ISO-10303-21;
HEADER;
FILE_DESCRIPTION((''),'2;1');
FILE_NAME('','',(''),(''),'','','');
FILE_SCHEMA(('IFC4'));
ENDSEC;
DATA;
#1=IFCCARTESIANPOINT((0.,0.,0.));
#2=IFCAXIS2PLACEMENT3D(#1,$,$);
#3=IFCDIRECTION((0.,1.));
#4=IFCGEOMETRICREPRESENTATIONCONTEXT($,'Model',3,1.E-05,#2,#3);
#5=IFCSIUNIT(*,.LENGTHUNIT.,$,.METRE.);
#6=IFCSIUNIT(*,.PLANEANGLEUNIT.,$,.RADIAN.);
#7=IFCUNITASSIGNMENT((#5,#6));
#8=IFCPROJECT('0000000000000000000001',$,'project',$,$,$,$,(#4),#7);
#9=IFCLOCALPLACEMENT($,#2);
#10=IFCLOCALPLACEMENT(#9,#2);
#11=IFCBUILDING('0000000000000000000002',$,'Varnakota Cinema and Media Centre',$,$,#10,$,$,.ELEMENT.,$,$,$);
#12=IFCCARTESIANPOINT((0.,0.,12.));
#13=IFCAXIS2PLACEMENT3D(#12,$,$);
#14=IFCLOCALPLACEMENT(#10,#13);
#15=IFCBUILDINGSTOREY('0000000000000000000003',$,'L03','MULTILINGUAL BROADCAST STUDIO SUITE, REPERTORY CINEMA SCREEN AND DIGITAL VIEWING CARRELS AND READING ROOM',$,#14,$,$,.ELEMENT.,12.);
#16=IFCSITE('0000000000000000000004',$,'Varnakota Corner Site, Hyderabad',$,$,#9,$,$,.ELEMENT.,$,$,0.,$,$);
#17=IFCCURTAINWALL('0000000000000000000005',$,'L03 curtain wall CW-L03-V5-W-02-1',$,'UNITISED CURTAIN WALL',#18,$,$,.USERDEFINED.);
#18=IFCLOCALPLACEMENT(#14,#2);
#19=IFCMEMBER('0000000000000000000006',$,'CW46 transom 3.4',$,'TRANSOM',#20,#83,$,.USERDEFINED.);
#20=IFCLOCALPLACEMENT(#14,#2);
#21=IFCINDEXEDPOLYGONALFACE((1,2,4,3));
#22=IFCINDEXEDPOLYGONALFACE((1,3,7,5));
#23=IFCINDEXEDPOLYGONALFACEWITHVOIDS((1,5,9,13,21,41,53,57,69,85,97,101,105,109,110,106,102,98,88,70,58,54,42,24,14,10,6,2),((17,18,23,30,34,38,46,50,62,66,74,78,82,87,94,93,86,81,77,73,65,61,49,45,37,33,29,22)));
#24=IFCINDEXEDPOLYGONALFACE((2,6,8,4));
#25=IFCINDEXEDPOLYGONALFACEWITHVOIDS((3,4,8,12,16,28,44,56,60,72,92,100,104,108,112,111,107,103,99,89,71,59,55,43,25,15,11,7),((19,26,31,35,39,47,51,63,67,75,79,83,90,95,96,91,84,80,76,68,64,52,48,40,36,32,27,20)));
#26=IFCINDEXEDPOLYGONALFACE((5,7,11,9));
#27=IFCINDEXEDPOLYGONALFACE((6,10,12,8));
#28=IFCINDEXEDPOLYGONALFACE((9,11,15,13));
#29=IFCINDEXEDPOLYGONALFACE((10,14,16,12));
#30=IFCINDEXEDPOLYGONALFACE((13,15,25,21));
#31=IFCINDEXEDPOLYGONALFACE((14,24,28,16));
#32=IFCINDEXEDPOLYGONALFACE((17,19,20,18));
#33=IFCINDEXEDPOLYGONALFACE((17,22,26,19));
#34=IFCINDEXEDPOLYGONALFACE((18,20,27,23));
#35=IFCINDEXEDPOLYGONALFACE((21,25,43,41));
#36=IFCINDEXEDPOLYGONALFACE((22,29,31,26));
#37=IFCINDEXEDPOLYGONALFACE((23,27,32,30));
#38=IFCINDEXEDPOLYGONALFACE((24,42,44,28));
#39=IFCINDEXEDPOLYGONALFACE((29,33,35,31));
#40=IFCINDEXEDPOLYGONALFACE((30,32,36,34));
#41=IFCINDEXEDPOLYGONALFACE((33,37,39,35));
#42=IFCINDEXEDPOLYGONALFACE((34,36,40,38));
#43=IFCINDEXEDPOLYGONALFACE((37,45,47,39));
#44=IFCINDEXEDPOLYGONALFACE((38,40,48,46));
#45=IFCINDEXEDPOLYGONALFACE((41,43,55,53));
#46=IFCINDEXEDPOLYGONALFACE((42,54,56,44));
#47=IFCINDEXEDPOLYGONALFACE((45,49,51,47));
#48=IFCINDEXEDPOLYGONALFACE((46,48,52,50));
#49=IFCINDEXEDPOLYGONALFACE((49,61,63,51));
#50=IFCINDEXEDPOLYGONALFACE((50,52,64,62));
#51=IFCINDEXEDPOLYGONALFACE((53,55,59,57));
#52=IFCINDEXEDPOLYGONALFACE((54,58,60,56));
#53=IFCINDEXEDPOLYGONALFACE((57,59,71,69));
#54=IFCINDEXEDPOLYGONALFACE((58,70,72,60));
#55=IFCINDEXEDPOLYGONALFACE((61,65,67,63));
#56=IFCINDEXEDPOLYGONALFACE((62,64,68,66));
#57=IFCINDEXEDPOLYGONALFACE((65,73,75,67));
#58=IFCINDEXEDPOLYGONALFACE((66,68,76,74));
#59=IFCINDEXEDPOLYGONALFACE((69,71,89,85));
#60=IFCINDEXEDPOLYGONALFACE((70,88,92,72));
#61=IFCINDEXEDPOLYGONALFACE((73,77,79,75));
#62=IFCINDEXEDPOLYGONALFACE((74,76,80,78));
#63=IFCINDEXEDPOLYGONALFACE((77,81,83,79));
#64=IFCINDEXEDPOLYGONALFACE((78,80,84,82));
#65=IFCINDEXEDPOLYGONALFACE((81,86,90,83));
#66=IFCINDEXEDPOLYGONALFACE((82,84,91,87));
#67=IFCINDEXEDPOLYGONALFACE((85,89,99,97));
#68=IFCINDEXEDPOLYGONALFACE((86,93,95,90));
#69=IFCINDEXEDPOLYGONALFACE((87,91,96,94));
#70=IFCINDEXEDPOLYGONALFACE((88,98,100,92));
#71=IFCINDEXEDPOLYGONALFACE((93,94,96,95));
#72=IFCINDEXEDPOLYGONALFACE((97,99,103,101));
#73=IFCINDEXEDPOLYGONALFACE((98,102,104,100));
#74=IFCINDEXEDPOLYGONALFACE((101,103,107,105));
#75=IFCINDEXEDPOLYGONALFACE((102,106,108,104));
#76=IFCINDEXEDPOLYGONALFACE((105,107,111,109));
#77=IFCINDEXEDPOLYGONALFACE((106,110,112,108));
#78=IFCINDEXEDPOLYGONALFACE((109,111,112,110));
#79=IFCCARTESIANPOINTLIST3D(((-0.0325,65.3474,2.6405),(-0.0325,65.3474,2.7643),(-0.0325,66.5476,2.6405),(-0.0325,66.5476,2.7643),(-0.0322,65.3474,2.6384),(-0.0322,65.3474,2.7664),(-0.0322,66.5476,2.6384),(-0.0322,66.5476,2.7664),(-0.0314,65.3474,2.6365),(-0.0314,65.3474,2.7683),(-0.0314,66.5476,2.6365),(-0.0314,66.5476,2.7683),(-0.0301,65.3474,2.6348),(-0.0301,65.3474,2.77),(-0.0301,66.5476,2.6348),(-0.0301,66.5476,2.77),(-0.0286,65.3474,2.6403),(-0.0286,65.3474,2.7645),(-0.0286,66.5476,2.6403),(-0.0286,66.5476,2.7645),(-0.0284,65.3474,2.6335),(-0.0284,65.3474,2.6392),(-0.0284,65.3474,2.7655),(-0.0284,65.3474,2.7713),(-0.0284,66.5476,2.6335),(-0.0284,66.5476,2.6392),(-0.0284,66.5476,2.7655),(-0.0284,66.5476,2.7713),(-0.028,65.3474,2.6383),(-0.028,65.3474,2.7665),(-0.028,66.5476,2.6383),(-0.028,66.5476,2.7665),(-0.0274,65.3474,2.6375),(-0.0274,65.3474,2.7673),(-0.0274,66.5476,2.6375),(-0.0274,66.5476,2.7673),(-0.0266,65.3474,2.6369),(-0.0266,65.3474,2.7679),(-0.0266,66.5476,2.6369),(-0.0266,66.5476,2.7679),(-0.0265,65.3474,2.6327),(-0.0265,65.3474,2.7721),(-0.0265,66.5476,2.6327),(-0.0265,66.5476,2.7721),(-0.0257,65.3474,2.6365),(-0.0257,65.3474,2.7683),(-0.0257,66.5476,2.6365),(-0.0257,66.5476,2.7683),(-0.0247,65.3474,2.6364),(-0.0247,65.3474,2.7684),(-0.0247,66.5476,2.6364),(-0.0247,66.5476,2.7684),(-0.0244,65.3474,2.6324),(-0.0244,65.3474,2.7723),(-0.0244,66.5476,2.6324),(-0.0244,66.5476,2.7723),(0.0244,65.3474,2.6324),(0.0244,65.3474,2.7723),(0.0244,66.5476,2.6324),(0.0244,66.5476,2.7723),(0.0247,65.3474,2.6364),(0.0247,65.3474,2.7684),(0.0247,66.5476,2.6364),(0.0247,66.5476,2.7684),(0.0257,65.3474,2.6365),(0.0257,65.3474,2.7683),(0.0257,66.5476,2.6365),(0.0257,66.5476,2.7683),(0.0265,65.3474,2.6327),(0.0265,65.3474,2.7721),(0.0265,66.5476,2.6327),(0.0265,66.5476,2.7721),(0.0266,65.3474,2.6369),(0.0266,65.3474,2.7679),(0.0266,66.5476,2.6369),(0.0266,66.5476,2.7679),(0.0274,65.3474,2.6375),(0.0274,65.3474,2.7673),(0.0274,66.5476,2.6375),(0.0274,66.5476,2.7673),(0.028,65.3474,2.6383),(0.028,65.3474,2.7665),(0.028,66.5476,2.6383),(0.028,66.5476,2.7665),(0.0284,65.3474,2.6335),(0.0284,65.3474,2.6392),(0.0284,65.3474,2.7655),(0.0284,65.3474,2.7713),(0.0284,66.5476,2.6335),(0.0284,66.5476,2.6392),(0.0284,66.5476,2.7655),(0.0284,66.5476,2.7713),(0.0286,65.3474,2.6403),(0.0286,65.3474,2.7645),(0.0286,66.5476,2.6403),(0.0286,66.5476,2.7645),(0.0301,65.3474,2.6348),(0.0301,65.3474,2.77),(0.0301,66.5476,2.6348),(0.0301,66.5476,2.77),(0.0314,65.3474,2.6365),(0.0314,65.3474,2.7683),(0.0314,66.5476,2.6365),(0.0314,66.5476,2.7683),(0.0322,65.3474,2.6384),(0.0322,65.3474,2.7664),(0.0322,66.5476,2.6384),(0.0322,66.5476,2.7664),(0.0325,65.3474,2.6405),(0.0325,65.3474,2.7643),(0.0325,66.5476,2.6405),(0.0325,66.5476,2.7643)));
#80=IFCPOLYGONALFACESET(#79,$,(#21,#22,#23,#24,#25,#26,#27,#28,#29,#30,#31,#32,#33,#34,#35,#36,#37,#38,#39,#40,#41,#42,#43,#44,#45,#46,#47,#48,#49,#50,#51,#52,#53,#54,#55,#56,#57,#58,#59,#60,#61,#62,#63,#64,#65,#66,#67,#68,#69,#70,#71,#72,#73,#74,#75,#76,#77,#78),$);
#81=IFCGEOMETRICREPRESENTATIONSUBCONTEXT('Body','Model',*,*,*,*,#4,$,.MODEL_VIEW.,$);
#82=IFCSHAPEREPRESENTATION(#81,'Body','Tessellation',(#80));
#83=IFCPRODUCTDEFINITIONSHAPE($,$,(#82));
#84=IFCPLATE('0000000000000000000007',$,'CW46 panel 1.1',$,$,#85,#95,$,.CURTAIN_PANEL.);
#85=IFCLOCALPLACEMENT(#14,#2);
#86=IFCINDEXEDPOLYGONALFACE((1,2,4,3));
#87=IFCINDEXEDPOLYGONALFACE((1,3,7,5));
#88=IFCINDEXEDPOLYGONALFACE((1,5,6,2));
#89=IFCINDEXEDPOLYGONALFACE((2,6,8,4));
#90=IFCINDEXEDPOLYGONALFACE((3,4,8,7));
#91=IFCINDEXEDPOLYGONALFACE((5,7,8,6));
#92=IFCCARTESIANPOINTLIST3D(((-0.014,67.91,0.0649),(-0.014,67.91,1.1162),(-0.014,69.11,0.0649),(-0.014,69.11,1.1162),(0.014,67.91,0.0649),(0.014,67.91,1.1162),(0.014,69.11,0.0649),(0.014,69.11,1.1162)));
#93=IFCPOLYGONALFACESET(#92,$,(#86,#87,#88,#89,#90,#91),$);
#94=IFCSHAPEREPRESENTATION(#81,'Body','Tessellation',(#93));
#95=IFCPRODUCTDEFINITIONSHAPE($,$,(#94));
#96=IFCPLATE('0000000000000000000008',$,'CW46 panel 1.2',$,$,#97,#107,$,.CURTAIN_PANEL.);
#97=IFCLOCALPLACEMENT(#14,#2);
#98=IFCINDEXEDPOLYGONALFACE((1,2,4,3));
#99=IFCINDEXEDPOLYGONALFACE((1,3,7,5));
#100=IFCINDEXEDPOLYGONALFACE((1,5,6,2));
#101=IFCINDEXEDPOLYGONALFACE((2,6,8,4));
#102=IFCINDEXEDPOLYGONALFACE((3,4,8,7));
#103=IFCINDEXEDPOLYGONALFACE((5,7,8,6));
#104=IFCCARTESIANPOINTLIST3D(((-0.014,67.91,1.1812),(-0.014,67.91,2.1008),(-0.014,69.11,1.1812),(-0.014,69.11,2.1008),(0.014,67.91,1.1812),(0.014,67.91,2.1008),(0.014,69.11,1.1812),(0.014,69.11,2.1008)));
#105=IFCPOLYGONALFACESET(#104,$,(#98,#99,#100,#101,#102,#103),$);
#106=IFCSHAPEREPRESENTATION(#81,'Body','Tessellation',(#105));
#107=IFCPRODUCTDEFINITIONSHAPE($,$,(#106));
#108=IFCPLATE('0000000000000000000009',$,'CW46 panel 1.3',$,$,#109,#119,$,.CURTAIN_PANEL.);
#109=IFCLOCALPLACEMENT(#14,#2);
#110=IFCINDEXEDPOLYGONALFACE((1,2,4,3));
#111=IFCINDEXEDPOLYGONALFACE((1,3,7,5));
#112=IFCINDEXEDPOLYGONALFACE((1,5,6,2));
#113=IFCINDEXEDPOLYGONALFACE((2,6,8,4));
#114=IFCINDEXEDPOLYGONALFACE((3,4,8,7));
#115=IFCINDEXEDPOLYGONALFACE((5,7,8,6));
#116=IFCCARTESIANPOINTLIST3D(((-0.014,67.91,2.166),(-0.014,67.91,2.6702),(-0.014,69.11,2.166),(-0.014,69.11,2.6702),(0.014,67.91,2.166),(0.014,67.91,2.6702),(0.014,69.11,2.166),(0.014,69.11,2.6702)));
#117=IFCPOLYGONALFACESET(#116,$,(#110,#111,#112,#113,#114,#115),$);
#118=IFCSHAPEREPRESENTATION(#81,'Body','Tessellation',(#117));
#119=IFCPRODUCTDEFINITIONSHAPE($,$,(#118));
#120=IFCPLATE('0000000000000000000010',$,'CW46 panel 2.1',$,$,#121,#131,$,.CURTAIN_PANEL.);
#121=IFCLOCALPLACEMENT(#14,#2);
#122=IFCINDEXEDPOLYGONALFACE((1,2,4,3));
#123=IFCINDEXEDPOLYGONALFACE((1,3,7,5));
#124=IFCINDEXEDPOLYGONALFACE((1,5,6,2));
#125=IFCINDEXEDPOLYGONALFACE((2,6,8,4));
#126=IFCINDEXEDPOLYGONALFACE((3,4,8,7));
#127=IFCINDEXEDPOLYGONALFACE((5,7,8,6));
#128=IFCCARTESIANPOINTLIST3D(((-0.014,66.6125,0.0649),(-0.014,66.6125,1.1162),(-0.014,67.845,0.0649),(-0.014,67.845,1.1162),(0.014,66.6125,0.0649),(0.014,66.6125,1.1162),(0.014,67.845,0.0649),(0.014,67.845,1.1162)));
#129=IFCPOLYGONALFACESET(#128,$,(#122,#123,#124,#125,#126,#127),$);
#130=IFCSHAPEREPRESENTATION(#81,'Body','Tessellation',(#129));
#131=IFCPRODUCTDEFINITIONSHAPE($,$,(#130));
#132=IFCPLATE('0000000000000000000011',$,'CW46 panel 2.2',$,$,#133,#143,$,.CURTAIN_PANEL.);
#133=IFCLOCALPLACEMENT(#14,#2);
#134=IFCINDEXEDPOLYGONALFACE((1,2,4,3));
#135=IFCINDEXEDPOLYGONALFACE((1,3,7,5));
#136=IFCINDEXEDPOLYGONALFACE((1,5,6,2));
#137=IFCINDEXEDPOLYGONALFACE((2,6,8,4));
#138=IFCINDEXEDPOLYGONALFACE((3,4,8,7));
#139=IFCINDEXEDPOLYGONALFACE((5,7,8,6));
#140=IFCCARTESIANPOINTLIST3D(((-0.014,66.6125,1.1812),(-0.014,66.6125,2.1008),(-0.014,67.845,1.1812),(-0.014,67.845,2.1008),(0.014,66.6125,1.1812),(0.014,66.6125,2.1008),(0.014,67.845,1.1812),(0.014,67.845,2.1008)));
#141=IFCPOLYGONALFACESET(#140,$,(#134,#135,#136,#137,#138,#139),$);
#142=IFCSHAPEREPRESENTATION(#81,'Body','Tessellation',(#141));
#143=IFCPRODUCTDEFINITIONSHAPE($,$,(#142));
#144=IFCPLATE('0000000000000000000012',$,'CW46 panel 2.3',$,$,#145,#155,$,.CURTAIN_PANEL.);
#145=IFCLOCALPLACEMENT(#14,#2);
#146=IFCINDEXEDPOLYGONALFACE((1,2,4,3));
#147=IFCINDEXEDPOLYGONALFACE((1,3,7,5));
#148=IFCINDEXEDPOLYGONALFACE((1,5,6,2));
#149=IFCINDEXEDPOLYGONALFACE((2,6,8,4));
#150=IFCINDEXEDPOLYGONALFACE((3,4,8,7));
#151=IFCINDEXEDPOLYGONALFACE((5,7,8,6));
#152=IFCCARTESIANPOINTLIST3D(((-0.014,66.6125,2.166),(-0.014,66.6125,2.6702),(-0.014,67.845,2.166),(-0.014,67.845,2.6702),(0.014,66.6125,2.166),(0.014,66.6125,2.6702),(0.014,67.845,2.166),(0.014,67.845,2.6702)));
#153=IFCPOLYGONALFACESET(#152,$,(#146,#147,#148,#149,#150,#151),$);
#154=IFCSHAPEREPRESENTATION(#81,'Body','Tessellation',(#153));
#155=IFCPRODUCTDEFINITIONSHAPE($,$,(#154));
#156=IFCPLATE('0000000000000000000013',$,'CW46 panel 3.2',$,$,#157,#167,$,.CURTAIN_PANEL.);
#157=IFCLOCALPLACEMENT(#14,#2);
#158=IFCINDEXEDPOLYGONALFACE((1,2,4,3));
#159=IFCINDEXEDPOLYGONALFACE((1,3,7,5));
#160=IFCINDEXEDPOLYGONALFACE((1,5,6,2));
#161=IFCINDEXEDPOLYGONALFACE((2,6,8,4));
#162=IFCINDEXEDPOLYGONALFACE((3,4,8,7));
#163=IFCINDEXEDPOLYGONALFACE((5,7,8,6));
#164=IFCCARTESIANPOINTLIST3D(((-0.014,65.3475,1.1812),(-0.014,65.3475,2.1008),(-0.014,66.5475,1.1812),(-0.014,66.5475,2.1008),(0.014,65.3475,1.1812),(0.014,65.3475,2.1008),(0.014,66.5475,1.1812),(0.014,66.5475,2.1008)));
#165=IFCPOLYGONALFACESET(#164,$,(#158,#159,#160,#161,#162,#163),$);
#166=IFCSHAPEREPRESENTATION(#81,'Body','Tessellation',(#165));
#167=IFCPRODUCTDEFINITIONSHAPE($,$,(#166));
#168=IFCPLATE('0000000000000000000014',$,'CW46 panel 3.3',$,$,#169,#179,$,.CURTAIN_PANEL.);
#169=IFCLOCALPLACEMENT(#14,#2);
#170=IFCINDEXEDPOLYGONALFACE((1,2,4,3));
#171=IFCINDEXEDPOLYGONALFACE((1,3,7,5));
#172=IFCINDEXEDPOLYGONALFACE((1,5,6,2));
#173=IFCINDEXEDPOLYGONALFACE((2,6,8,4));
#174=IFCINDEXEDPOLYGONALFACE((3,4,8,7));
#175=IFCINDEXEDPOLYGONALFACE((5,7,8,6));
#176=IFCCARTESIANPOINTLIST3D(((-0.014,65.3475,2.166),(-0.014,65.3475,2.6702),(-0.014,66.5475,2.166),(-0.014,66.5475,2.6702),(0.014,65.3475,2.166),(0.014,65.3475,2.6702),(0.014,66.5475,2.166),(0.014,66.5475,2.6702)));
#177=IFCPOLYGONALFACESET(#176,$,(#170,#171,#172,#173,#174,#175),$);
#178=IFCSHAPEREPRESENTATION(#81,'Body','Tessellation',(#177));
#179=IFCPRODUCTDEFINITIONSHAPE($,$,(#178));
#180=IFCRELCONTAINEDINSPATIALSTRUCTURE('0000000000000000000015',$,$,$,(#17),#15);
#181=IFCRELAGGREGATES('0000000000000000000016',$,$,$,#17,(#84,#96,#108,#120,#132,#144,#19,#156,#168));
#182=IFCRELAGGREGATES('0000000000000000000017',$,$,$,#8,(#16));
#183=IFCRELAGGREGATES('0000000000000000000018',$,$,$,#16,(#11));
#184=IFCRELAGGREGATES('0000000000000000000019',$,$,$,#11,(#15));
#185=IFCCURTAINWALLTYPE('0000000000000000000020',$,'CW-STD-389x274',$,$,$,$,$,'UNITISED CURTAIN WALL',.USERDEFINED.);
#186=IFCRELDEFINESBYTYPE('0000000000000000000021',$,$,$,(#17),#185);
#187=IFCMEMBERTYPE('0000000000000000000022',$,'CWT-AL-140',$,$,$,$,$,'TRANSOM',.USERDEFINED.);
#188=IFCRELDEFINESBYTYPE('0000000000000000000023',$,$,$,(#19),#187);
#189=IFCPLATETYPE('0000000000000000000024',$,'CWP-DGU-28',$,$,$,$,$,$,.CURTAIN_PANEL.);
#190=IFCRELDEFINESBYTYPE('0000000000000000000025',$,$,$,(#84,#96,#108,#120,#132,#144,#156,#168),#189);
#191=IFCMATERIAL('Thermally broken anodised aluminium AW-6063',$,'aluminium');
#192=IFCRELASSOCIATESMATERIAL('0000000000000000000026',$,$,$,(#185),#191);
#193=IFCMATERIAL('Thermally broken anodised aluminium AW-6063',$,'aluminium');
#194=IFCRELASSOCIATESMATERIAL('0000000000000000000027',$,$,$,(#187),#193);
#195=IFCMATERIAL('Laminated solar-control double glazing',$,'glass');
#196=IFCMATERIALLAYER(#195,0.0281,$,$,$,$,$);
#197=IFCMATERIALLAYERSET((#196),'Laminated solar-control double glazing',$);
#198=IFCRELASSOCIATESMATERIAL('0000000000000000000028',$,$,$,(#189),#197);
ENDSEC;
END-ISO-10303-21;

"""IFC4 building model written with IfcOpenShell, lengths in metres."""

from ifc_helpers import new_model, si_unit, direction, frame, origin, origin_2d, place, context, subcontext, project, spatial, rectangle, hollow_rectangle, extrude, material, layer, layer_set, material_profile, profile_set, type_object, element, aggregate, save


model = new_model("IFC4")

# Units and contexts
model_context = context("Model", 3, precision=1e-05, world=origin(), true_north=direction((0.0, 1.0)))
body_context = subcontext(model_context, "Body", "Model", "MODEL_VIEW")
ifc_project = project(units=[si_unit("LENGTHUNIT", "METRE"), si_unit("PLANEANGLEUNIT", "RADIAN")], contexts=[model_context])

# Site, building, storey
site_placement = place(None, origin())
site = spatial("IfcSite", under=ifc_project, at=site_placement, Name="Varnakota Corner Site, Hyderabad", CompositionType="ELEMENT", RefElevation=0.0)
building_placement = place(site_placement, origin())
building = spatial("IfcBuilding", under=site, at=building_placement, Name="Varnakota Cinema and Media Centre", CompositionType="ELEMENT")
storey_placement = place(building_placement, frame((0.0, 0.0, 12.0)))
storey = spatial("IfcBuildingStorey", under=building, at=storey_placement, Name="L03", Description="MULTILINGUAL BROADCAST STUDIO SUITE, REPERTORY CINEMA SCREEN AND DIGITAL VIEWING CARRELS AND READING ROOM", CompositionType="ELEMENT", Elevation=12.0)

# Curtain wall, member, plates
ifc_material_1 = material(Name="Thermally broken anodised aluminium AW-6063", Category="aluminium")
curtain_wall_type = type_object("IfcCurtainWallType", Name="CW-STD-389x274", ElementType="UNITISED CURTAIN WALL", PredefinedType="USERDEFINED", material=ifc_material_1)
curtain_wall_placement = place(storey_placement, origin())
curtain_wall = element("IfcCurtainWall", 1, at=curtain_wall_placement, inside=storey, type_object=curtain_wall_type, Name="L03 curtain wall CW-L03-V5-W-02-1", ObjectType="UNITISED CURTAIN WALL", PredefinedType="USERDEFINED")
ifc_material_2 = material(Name="Thermally broken anodised aluminium AW-6063", Category="aluminium")
ifc_material_profile_1 = material_profile(ifc_material_2, hollow_rectangle(XDim=0.0649, YDim=0.1399, WallThickness=0.0039, InnerFilletRadius=0.0039, OuterFilletRadius=0.0081, at=origin_2d()), Name="AL-TRANSOM 140x65x4")
ifc_profile_set_1 = profile_set([ifc_material_profile_1], Name="Thermally broken anodised aluminium AW-6063")
member_type_1 = type_object("IfcMemberType", Name="CWT-AL-140", ElementType="TRANSOM", PredefinedType="USERDEFINED", material=ifc_profile_set_1)
member_1_placement = place(storey_placement, frame((0.0, 66.5476, 2.7024), z_axis=(0.0, -1.0, 0.0), x_axis=(1.0, 0.0, 0.0)))
member_1 = element("IfcMember", 2, at=member_1_placement, type_object=member_type_1, Name="CW46 transom 3.4", ObjectType="TRANSOM", PredefinedType="USERDEFINED", context=body_context, shape_type="SweptSolid", body=[
    extrude(hollow_rectangle(XDim=0.0649, YDim=0.1399, WallThickness=0.0039, InnerFilletRadius=0.0039, OuterFilletRadius=0.0081, at=origin_2d()), origin(), (0.0, 0.0, 1.0), 1.2002),
])
ifc_material_3 = material(Name="Laminated solar-control double glazing", Category="glass")
ifc_layer = layer(ifc_material_3, 0.0281)
ifc_layer_set = layer_set([ifc_layer], Name="Laminated solar-control double glazing")
plate_type = type_object("IfcPlateType", Name="CWP-DGU-28", PredefinedType="CURTAIN_PANEL", material=ifc_layer_set)
plate_1_placement = place(storey_placement, frame((0.0, 68.51, 0.0649), z_axis=(0.0, 0.0, 1.0), x_axis=(0.0, -1.0, 0.0)))
plate_1 = element("IfcPlate", 3, at=plate_1_placement, type_object=plate_type, Name="CW46 panel 1.1", PredefinedType="CURTAIN_PANEL", context=body_context, shape_type="SweptSolid", body=[
    extrude(rectangle(XDim=1.2, YDim=0.0281, at=origin_2d()), origin(), (0.0, 0.0, 1.0), 1.0513),
])
plate_2_placement = place(storey_placement, frame((0.0, 68.51, 1.1812), z_axis=(0.0, 0.0, 1.0), x_axis=(0.0, -1.0, 0.0)))
plate_2 = element("IfcPlate", 4, at=plate_2_placement, type_object=plate_type, Name="CW46 panel 1.2", PredefinedType="CURTAIN_PANEL", context=body_context, shape_type="SweptSolid", body=[
    extrude(rectangle(XDim=1.2, YDim=0.0281, at=origin_2d()), origin(), (0.0, 0.0, 1.0), 0.9197),
])
plate_3_placement = place(storey_placement, frame((0.0, 68.51, 2.166), z_axis=(0.0, 0.0, 1.0), x_axis=(0.0, -1.0, 0.0)))
plate_3 = element("IfcPlate", 5, at=plate_3_placement, type_object=plate_type, Name="CW46 panel 1.3", PredefinedType="CURTAIN_PANEL", context=body_context, shape_type="SweptSolid", body=[
    extrude(rectangle(XDim=1.2, YDim=0.0281, at=origin_2d()), origin(), (0.0, 0.0, 1.0), 0.5042),
])
plate_4_placement = place(storey_placement, frame((0.0, 67.2288, 0.0649), z_axis=(0.0, 0.0, 1.0), x_axis=(0.0, -1.0, 0.0)))
plate_4 = element("IfcPlate", 6, at=plate_4_placement, type_object=plate_type, Name="CW46 panel 2.1", PredefinedType="CURTAIN_PANEL", context=body_context, shape_type="SweptSolid", body=[
    extrude(rectangle(XDim=1.2324, YDim=0.0281, at=origin_2d()), origin(), (0.0, 0.0, 1.0), 1.0513),
])
plate_5_placement = place(storey_placement, frame((0.0, 67.2288, 1.1812), z_axis=(0.0, 0.0, 1.0), x_axis=(0.0, -1.0, 0.0)))
plate_5 = element("IfcPlate", 7, at=plate_5_placement, type_object=plate_type, Name="CW46 panel 2.2", PredefinedType="CURTAIN_PANEL", context=body_context, shape_type="SweptSolid", body=[
    extrude(rectangle(XDim=1.2324, YDim=0.0281, at=origin_2d()), origin(), (0.0, 0.0, 1.0), 0.9197),
])
plate_6_placement = place(storey_placement, frame((0.0, 67.2288, 2.166), z_axis=(0.0, 0.0, 1.0), x_axis=(0.0, -1.0, 0.0)))
plate_6 = element("IfcPlate", 8, at=plate_6_placement, type_object=plate_type, Name="CW46 panel 2.3", PredefinedType="CURTAIN_PANEL", context=body_context, shape_type="SweptSolid", body=[
    extrude(rectangle(XDim=1.2324, YDim=0.0281, at=origin_2d()), origin(), (0.0, 0.0, 1.0), 0.5042),
])
plate_7_placement = place(storey_placement, frame((0.0, 65.9475, 1.1812), z_axis=(0.0, 0.0, 1.0), x_axis=(0.0, -1.0, 0.0)))
plate_7 = element("IfcPlate", 9, at=plate_7_placement, type_object=plate_type, Name="CW46 panel 3.2", PredefinedType="CURTAIN_PANEL", context=body_context, shape_type="SweptSolid", body=[
    extrude(rectangle(XDim=1.2, YDim=0.0281, at=origin_2d()), origin(), (0.0, 0.0, 1.0), 0.9197),
])
plate_8_placement = place(storey_placement, frame((0.0, 65.9475, 2.166), z_axis=(0.0, 0.0, 1.0), x_axis=(0.0, -1.0, 0.0)))
plate_8 = element("IfcPlate", 10, at=plate_8_placement, type_object=plate_type, Name="CW46 panel 3.3", PredefinedType="CURTAIN_PANEL", context=body_context, shape_type="SweptSolid", body=[
    extrude(rectangle(XDim=1.2, YDim=0.0281, at=origin_2d()), origin(), (0.0, 0.0, 1.0), 0.5042),
])
aggregate(curtain_wall, [plate_1, plate_2, plate_3, plate_4, plate_5, plate_6, member_1, plate_7, plate_8])

save(model, "model.ifc")
